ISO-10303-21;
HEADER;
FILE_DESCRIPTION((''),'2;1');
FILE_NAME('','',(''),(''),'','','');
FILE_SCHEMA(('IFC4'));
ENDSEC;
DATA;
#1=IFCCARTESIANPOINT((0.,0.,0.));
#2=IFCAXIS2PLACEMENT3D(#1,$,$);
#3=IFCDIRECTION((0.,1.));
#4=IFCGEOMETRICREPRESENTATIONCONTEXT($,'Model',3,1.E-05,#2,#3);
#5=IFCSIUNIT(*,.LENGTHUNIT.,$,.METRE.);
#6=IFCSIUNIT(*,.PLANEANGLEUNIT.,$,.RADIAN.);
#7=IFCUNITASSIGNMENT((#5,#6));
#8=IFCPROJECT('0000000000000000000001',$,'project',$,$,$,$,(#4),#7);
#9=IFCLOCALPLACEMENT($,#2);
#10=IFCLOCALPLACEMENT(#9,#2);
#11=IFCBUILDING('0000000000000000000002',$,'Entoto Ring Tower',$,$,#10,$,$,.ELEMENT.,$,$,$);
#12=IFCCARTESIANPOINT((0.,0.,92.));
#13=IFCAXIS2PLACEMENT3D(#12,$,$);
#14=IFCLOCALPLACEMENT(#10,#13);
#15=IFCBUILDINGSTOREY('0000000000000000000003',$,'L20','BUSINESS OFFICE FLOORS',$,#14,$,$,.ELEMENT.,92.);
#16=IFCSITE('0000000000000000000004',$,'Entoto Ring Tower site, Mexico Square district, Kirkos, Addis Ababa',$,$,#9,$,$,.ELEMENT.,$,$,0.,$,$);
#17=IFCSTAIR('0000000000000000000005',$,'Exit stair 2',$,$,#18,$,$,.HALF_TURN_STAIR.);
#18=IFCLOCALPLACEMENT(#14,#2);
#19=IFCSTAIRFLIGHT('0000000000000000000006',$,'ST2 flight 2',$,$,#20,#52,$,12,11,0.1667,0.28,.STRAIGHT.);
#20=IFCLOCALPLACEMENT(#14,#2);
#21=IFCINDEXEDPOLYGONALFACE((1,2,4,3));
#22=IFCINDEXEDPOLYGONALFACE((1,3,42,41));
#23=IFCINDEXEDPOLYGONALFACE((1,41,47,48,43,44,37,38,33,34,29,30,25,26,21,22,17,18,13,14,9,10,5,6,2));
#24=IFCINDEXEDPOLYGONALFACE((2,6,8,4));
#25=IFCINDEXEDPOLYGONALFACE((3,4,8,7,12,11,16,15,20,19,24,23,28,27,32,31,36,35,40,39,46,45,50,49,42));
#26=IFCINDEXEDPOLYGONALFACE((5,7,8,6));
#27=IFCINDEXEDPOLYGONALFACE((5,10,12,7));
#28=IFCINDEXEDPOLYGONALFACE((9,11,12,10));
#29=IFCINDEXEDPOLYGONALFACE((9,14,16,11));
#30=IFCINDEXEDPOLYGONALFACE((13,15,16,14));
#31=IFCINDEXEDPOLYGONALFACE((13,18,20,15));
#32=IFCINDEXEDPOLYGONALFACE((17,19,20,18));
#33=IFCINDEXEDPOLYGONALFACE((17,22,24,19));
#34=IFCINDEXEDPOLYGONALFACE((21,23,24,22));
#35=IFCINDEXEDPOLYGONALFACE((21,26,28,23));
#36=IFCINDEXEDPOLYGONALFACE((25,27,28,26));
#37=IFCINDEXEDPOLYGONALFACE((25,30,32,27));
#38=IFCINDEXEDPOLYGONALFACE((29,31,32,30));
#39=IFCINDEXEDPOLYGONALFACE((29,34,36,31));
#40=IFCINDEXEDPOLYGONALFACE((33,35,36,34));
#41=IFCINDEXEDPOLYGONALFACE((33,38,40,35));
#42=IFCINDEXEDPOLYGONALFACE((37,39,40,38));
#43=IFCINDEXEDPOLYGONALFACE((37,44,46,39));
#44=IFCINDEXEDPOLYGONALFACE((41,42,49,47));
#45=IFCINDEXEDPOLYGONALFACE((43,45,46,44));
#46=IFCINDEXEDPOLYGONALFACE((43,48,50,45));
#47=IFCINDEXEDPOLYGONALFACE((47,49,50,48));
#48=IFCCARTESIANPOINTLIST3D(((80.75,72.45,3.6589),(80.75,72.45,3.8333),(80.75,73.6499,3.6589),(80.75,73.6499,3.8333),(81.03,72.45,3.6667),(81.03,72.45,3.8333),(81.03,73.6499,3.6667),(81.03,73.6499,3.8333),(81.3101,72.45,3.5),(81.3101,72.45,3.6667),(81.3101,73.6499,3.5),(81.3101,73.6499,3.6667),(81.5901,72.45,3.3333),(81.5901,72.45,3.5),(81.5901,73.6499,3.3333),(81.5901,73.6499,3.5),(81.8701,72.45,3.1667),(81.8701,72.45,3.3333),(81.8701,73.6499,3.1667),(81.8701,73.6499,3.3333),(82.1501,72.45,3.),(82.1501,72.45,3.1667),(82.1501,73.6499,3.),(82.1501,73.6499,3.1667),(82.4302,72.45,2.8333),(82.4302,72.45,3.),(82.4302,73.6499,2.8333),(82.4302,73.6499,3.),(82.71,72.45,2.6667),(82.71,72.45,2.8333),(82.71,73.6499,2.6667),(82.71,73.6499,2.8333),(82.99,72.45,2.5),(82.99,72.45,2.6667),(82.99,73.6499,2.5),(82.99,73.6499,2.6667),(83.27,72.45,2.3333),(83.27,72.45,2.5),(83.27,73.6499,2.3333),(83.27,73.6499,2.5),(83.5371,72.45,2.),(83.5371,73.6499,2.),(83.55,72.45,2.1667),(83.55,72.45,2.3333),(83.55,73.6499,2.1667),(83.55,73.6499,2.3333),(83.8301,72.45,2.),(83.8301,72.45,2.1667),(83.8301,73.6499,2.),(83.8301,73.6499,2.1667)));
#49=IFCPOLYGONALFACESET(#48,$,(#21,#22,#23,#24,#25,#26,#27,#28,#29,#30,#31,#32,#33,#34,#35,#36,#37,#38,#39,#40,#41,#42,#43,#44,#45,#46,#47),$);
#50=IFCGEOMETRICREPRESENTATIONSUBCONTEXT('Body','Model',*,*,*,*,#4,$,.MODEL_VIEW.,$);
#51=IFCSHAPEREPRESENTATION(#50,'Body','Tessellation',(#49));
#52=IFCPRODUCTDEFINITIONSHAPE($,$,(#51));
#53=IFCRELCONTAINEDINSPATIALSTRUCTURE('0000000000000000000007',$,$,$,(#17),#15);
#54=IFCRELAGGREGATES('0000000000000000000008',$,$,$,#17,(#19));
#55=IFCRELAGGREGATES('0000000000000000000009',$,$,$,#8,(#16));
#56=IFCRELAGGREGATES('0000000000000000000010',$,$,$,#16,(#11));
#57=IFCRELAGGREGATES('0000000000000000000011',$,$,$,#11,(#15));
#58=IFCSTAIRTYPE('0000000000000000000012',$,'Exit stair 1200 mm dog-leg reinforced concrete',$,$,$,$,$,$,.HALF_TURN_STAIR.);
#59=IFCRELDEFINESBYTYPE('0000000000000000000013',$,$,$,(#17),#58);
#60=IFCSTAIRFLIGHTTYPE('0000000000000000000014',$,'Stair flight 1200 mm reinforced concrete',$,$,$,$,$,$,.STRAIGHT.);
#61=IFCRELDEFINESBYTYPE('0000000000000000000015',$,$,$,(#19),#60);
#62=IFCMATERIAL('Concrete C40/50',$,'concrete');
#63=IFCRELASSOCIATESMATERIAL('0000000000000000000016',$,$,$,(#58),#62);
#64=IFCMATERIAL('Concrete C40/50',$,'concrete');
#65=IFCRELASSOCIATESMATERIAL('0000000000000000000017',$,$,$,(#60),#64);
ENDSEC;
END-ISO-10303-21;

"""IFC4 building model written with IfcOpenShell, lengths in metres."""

from ifc_helpers import new_model, si_unit, direction, frame, origin, place, context, subcontext, project, spatial, polyline, outline, extrude, material, type_object, element, aggregate, save


model = new_model("IFC4")

# Units and contexts
model_context = context("Model", 3, precision=1e-05, world=origin(), true_north=direction((0.0, 1.0)))
body_context = subcontext(model_context, "Body", "Model", "MODEL_VIEW")
ifc_project = project(units=[si_unit("LENGTHUNIT", "METRE"), si_unit("PLANEANGLEUNIT", "RADIAN")], contexts=[model_context])

# Site, building, storey
site_placement = place(None, origin())
site = spatial("IfcSite", under=ifc_project, at=site_placement, Name="Entoto Ring Tower site, Mexico Square district, Kirkos, Addis Ababa", CompositionType="ELEMENT", RefElevation=0.0)
building_placement = place(site_placement, origin())
building = spatial("IfcBuilding", under=site, at=building_placement, Name="Entoto Ring Tower", CompositionType="ELEMENT")
storey_placement = place(building_placement, frame((0.0, 0.0, 92.0)))
storey = spatial("IfcBuildingStorey", under=building, at=storey_placement, Name="L20", Description="BUSINESS OFFICE FLOORS", CompositionType="ELEMENT", Elevation=92.0)

# Stair, stair flight
ifc_material_1 = material(Name="Concrete C40/50", Category="concrete")
stair_type = type_object("IfcStairType", Name="Exit stair 1200 mm dog-leg reinforced concrete", PredefinedType="HALF_TURN_STAIR", material=ifc_material_1)
stair_placement = place(storey_placement, origin())
stair = element("IfcStair", 1, at=stair_placement, inside=storey, type_object=stair_type, Name="Exit stair 2", PredefinedType="HALF_TURN_STAIR")
ifc_material_2 = material(Name="Concrete C40/50", Category="concrete")
stair_flight_type = type_object("IfcStairFlightType", Name="Stair flight 1200 mm reinforced concrete", PredefinedType="STRAIGHT", material=ifc_material_2)
stair_flight_1_placement = place(storey_placement, frame((83.8301, 73.05, 2.0), z_axis=(0.0, 0.0, 1.0), x_axis=(-1.0, 0.0, 0.0)))
stair_flight_1 = element("IfcStairFlight", 2, at=stair_flight_1_placement, type_object=stair_flight_type, Name="ST2 flight 2", NumberOfRisers=12, NumberOfTreads=11, PredefinedType="STRAIGHT", RiserHeight=0.1667, TreadLength=0.28, context=body_context, shape_type="SweptSolid", body=[
    extrude(outline(polyline([(0.0, 0.0), (0.0, 0.1667), (0.28, 0.1667), (0.28, 0.3333), (0.5601, 0.3333), (0.5601, 0.5), (0.8401, 0.5), (0.8401, 0.6667), (1.1201, 0.6667), (1.1201, 0.8333), (1.3999, 0.8333), (1.3999, 1.0), (1.6799, 1.0), (1.6799, 1.1667), (1.96, 1.1667), (1.96, 1.3333), (2.24, 1.3333), (2.24, 1.5), (2.52, 1.5), (2.52, 1.6667), (2.8, 1.6667), (2.8, 1.8333), (3.0801, 1.8333), (3.0801, 2.0), (3.0801, 1.6589), (0.293, 0.0), (0.0, 0.0)])), frame((0.0, 0.6001, 0.0), z_axis=(0.0, -1.0, 0.0), x_axis=(1.0, 0.0, 0.0)), (0.0, 0.0, 1.0), 1.2),
])
aggregate(stair, [stair_flight_1])

save(model, "model.ifc")
